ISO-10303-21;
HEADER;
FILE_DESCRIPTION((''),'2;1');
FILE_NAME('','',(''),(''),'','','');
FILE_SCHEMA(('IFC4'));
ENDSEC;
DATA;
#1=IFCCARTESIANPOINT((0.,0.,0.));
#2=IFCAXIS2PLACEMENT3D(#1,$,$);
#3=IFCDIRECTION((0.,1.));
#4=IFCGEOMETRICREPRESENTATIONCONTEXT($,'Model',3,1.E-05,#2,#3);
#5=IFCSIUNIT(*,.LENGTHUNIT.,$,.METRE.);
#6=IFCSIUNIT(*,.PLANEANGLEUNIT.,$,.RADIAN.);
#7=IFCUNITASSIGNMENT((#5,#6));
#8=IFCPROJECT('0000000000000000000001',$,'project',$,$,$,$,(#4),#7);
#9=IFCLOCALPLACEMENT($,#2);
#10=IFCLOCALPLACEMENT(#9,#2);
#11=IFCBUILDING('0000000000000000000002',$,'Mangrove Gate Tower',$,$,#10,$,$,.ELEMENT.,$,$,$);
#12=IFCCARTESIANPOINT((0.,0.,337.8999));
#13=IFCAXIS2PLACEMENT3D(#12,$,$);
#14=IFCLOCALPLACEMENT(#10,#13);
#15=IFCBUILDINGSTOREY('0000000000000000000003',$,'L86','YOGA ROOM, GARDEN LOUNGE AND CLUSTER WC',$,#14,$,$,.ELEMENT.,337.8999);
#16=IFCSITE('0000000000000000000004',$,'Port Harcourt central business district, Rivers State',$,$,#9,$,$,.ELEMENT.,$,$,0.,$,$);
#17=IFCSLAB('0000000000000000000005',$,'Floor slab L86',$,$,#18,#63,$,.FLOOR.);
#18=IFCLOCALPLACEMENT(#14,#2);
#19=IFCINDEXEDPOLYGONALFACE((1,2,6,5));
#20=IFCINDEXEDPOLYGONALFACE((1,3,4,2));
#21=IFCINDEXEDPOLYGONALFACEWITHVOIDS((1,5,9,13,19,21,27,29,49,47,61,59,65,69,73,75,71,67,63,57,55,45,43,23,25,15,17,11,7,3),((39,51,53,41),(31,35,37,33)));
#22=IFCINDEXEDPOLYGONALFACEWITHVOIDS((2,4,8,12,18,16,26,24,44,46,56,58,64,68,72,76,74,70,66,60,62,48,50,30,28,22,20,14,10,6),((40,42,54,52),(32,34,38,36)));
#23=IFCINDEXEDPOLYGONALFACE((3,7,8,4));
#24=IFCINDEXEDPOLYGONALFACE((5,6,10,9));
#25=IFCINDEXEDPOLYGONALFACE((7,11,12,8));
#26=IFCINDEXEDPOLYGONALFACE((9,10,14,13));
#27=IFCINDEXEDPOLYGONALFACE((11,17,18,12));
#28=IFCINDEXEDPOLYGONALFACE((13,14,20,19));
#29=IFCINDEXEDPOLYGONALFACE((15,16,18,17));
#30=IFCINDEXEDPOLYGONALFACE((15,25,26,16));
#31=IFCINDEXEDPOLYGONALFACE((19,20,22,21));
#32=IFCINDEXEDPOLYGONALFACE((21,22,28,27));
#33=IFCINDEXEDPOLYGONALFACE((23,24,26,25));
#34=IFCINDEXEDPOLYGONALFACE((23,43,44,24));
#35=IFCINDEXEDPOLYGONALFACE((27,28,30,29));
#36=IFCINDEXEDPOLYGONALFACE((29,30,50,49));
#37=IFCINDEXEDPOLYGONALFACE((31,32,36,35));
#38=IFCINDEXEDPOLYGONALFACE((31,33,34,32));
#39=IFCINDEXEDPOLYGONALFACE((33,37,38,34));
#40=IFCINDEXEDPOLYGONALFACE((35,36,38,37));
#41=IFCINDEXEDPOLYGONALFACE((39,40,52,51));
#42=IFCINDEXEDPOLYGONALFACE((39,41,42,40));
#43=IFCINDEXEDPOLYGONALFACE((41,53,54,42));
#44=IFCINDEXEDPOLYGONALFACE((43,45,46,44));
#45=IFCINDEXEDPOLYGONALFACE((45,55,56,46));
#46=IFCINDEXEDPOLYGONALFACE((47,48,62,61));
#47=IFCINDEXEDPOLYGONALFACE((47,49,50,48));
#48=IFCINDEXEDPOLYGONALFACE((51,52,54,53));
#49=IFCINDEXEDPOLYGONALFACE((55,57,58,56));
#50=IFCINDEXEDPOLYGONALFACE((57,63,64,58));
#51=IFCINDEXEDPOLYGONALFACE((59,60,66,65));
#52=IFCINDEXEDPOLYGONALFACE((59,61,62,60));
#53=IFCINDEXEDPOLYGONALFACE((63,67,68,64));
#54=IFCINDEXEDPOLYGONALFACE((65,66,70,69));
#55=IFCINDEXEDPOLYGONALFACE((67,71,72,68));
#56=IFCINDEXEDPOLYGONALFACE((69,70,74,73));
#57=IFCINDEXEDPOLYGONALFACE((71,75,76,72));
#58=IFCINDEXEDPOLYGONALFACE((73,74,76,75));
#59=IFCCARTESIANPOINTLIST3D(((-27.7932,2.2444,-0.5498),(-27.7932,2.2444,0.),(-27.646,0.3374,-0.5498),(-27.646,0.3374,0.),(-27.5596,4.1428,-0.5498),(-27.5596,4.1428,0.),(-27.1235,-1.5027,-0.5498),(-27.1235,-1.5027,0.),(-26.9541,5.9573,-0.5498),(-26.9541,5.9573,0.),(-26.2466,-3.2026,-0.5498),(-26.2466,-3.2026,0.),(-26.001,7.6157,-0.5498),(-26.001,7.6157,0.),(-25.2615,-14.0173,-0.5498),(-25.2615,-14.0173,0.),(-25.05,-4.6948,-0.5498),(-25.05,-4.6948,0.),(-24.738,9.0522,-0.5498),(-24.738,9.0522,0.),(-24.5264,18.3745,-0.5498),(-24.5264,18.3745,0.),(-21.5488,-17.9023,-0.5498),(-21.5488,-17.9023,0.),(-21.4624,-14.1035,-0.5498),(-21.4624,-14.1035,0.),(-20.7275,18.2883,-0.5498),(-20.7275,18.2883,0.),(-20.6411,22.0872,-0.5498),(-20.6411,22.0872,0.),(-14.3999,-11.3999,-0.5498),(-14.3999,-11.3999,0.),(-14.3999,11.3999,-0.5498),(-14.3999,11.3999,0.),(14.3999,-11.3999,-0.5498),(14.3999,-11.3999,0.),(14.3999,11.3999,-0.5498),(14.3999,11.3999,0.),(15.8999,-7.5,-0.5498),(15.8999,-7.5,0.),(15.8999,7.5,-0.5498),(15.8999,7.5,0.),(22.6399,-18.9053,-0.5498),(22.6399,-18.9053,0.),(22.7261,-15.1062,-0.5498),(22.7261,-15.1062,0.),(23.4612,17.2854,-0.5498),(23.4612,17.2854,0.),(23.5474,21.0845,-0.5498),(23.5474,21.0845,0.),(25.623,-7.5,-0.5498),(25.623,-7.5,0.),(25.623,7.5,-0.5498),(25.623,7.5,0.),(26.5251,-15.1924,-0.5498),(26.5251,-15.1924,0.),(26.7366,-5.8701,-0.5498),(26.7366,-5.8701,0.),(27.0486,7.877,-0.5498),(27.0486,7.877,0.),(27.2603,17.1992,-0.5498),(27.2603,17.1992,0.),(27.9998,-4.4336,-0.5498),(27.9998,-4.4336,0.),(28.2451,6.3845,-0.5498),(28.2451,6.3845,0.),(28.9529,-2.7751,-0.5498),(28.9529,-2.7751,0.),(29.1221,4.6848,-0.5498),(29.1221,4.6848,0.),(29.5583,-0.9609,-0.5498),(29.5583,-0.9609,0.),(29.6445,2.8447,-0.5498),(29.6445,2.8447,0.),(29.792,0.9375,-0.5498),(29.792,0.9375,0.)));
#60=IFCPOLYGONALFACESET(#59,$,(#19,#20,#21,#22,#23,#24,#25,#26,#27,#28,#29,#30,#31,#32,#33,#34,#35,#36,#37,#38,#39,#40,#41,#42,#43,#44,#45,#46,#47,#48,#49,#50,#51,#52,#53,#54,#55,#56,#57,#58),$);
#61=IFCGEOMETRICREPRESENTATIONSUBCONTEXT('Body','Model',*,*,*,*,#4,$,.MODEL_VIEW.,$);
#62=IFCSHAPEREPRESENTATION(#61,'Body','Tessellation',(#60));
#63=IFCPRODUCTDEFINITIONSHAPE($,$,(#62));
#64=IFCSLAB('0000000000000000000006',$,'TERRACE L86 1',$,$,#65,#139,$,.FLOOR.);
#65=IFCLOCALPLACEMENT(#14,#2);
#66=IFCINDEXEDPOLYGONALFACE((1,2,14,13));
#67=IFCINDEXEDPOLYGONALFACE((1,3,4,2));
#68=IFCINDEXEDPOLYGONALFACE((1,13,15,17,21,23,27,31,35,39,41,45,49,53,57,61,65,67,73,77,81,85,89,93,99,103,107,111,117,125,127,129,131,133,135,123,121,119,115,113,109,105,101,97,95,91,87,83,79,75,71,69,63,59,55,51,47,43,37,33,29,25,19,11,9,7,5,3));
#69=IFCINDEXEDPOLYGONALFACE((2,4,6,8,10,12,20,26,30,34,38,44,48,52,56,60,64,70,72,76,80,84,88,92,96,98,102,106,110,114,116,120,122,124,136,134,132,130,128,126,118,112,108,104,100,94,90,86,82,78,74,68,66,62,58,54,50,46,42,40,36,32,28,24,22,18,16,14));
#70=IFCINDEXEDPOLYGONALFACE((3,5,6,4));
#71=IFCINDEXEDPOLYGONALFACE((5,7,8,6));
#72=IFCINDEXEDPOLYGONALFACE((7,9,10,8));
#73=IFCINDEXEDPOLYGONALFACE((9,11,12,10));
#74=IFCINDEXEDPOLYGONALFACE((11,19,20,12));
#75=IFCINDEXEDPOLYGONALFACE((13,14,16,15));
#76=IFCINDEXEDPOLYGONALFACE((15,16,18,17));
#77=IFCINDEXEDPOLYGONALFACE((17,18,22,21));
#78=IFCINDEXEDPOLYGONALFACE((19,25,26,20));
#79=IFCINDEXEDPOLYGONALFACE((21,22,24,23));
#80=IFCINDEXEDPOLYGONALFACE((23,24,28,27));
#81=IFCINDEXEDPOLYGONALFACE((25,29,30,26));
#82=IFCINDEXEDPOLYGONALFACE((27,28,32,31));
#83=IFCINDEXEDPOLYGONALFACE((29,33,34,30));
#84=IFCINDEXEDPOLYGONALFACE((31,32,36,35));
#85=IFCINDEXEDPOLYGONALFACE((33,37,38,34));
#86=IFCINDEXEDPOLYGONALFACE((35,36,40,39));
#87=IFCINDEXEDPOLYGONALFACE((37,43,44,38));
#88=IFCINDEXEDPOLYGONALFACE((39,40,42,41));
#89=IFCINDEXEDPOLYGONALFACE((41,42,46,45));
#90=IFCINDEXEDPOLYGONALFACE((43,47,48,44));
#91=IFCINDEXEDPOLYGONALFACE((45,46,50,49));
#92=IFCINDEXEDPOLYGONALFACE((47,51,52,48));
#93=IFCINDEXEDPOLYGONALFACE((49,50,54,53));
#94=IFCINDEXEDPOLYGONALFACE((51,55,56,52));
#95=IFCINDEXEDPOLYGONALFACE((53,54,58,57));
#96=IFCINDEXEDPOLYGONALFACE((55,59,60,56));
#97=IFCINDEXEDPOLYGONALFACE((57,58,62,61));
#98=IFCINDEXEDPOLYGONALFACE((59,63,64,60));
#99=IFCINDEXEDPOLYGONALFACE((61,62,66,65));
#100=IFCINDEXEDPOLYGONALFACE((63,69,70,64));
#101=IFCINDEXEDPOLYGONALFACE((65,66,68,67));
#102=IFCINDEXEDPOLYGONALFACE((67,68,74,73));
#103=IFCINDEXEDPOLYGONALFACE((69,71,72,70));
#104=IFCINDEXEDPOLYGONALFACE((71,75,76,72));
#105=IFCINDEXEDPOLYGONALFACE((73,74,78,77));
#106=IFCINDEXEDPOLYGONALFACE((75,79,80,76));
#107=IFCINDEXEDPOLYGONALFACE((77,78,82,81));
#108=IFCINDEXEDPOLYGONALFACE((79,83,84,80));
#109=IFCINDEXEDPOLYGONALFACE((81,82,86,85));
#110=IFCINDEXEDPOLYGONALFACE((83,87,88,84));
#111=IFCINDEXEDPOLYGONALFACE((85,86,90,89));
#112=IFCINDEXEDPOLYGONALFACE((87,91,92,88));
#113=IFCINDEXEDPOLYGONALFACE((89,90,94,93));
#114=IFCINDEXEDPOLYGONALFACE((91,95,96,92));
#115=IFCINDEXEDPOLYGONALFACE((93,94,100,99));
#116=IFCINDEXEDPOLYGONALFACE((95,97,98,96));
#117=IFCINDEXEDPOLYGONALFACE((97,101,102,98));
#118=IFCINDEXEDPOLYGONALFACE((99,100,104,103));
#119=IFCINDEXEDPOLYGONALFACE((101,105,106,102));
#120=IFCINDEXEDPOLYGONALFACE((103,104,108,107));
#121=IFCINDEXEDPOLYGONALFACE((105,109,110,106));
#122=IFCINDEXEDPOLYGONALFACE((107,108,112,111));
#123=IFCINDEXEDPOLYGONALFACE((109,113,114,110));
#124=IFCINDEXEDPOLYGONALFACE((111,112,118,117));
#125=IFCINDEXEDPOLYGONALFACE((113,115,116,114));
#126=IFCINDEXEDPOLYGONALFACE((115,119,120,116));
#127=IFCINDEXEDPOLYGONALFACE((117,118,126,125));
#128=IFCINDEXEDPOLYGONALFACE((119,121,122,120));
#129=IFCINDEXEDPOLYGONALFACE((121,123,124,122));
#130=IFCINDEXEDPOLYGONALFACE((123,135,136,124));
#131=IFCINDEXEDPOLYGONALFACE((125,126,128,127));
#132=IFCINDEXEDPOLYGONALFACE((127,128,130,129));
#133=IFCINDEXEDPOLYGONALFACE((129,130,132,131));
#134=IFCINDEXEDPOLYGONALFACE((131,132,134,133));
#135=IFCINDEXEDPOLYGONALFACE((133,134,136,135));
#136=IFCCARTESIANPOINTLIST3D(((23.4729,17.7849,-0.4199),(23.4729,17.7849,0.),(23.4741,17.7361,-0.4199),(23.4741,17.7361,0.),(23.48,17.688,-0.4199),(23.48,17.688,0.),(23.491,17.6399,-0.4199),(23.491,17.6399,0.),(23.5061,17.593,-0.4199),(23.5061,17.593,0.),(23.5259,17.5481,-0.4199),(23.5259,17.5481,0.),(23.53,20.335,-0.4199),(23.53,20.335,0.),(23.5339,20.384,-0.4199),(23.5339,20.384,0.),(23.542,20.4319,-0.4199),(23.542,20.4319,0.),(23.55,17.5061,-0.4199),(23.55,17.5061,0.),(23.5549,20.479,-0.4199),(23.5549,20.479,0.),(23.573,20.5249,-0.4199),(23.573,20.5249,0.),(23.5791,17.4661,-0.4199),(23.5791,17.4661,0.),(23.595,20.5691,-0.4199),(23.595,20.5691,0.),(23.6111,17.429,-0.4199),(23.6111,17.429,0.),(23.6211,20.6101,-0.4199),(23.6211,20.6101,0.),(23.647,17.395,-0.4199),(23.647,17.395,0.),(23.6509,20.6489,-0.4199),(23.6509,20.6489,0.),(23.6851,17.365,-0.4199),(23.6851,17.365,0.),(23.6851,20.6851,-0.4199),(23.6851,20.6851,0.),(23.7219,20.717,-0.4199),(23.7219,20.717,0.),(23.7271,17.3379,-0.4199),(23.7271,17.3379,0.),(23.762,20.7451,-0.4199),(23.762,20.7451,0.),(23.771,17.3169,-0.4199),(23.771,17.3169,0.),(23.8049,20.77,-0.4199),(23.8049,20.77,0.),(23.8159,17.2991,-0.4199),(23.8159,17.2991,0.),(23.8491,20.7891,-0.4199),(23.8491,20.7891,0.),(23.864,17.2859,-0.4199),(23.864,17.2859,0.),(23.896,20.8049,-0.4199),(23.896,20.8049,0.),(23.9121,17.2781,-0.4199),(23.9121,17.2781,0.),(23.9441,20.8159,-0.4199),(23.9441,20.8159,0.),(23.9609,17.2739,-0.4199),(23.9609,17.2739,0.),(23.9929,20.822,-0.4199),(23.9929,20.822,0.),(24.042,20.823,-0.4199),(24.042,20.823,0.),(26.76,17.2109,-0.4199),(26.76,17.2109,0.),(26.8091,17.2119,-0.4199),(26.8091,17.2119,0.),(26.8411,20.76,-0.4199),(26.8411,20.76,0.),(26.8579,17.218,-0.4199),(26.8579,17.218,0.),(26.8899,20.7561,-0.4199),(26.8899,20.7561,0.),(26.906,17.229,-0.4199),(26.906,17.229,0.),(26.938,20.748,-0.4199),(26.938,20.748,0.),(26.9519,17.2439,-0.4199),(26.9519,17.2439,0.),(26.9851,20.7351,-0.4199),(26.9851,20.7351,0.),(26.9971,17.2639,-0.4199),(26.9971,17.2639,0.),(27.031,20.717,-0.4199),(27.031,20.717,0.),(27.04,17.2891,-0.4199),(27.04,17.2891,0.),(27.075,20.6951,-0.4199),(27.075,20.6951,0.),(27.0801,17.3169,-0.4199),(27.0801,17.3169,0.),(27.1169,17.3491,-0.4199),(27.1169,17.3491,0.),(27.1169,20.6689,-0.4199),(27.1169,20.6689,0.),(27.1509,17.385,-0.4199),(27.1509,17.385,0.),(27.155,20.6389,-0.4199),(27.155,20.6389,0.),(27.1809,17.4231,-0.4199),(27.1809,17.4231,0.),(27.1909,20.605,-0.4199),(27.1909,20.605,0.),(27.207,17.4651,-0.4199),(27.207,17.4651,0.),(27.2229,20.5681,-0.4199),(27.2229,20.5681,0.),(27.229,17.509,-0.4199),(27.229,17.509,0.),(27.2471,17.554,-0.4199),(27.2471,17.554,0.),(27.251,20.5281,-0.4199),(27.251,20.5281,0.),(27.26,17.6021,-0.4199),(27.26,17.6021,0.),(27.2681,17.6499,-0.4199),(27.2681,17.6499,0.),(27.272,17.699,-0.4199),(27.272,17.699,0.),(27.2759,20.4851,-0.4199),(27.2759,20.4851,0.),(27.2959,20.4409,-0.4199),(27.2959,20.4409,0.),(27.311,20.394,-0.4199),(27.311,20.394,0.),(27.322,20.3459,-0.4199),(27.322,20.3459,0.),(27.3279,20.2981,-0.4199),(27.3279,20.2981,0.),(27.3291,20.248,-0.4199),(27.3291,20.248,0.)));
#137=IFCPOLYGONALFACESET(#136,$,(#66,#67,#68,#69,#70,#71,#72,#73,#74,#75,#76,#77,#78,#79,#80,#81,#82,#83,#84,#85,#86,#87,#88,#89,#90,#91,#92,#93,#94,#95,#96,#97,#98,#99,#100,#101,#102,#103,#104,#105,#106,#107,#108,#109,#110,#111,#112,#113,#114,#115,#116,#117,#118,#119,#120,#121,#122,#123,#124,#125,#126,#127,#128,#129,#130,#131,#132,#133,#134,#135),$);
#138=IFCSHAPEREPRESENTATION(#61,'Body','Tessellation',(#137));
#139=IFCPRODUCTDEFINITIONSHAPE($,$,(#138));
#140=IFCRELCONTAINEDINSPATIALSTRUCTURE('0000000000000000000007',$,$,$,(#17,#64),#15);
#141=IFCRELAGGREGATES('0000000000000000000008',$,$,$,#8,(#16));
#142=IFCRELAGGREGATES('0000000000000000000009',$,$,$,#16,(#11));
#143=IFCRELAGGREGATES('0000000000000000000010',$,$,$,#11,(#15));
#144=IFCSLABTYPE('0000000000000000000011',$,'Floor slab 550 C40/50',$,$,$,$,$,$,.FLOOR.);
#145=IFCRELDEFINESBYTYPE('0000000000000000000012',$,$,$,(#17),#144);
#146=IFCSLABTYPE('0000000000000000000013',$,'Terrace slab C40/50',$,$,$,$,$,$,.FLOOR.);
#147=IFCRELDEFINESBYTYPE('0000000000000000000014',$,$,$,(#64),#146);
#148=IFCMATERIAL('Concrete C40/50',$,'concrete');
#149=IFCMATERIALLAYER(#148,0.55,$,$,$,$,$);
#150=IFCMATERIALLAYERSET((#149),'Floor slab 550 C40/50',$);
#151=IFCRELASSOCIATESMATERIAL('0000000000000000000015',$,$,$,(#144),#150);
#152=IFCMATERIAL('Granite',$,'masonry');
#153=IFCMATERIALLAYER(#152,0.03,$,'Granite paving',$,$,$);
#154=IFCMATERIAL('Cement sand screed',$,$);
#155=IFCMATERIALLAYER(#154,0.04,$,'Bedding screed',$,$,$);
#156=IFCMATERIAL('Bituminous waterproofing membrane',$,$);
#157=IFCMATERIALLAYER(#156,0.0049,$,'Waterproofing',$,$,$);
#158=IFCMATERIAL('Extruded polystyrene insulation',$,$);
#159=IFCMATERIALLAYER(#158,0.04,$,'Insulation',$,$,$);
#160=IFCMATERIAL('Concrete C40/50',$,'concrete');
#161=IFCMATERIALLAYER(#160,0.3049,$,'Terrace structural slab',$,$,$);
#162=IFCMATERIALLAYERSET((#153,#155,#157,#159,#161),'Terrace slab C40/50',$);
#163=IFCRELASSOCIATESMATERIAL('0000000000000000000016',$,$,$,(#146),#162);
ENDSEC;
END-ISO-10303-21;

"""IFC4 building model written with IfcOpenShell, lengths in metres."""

from ifc_helpers import new_model, si_unit, direction, frame, origin, place, context, subcontext, project, spatial, polyline, outline, extrude, material, layer, layer_set, type_object, element, save


model = new_model("IFC4")

# Units and contexts
model_context = context("Model", 3, precision=1e-05, world=origin(), true_north=direction((0.0, 1.0)))
body_context = subcontext(model_context, "Body", "Model", "MODEL_VIEW")
ifc_project = project(units=[si_unit("LENGTHUNIT", "METRE"), si_unit("PLANEANGLEUNIT", "RADIAN")], contexts=[model_context])

# Site, building, storey
site_placement = place(None, origin())
site = spatial("IfcSite", under=ifc_project, at=site_placement, Name="Port Harcourt central business district, Rivers State", CompositionType="ELEMENT", RefElevation=0.0)
building_placement = place(site_placement, origin())
building = spatial("IfcBuilding", under=site, at=building_placement, Name="Mangrove Gate Tower", CompositionType="ELEMENT")
storey_placement = place(building_placement, frame((0.0, 0.0, 337.8999)))
storey = spatial("IfcBuildingStorey", under=building, at=storey_placement, Name="L86", Description="YOGA ROOM, GARDEN LOUNGE AND CLUSTER WC", CompositionType="ELEMENT", Elevation=337.8999)

# Slabs
ifc_material_1 = material(Name="Concrete C40/50", Category="concrete")
ifc_layer_1 = layer(ifc_material_1, 0.55)
ifc_layer_set_1 = layer_set([ifc_layer_1], Name="Floor slab 550 C40/50")
slab_type_1 = type_object("IfcSlabType", Name="Floor slab 550 C40/50", PredefinedType="FLOOR", material=ifc_layer_set_1)
slab_1_placement = place(storey_placement, frame((0.0, 0.0, -0.5498)))
element("IfcSlab", 1, at=slab_1_placement, inside=storey, type_object=slab_type_1, Name="Floor slab L86", PredefinedType="FLOOR", context=body_context, shape_type="SweptSolid", body=[
    extrude(outline(polyline([(-21.5488, -17.9023), (22.6399, -18.9053), (22.7261, -15.1062), (26.5251, -15.1924), (26.7366, -5.8701), (27.9998, -4.4336), (28.9529, -2.7751), (29.5583, -0.9609), (29.792, 0.9375), (29.6445, 2.8447), (29.1221, 4.6848), (28.2451, 6.3845), (27.0486, 7.877), (27.2603, 17.1992), (23.4612, 17.2854), (23.5474, 21.0845), (-20.6411, 22.0872), (-20.7275, 18.2883), (-24.5264, 18.3745), (-24.738, 9.0522), (-26.001, 7.6157), (-26.9541, 5.9573), (-27.5596, 4.1428), (-27.7932, 2.2444), (-27.646, 0.3374), (-27.1235, -1.5027), (-26.2466, -3.2026), (-25.05, -4.6948), (-25.2615, -14.0173), (-21.4624, -14.1035), (-21.5488, -17.9023)]), holes=[polyline([(15.8999, 7.5), (25.623, 7.5), (25.623, -7.5), (15.8999, -7.5), (15.8999, 7.5)]), polyline([(-14.3999, -11.3999), (-14.3999, 11.3999), (14.3999, 11.3999), (14.3999, -11.3999), (-14.3999, -11.3999)])]), origin(), (0.0, 0.0, 1.0), 0.5498),
])
ifc_material_2 = material(Name="Granite", Category="masonry")
ifc_layer_2 = layer(ifc_material_2, 0.03, Name="Granite paving")
ifc_material_3 = material(Name="Cement sand screed")
ifc_layer_3 = layer(ifc_material_3, 0.04, Name="Bedding screed")
ifc_material_4 = material(Name="Bituminous waterproofing membrane")
ifc_layer_4 = layer(ifc_material_4, 0.0049, Name="Waterproofing")
ifc_material_5 = material(Name="Extruded polystyrene insulation")
ifc_layer_5 = layer(ifc_material_5, 0.04, Name="Insulation")
ifc_material_6 = material(Name="Concrete C40/50", Category="concrete")
ifc_layer_6 = layer(ifc_material_6, 0.3049, Name="Terrace structural slab")
ifc_layer_set_2 = layer_set([ifc_layer_2, ifc_layer_3, ifc_layer_4, ifc_layer_5, ifc_layer_6], Name="Terrace slab C40/50")
slab_type_2 = type_object("IfcSlabType", Name="Terrace slab C40/50", PredefinedType="FLOOR", material=ifc_layer_set_2)
slab_2_placement = place(storey_placement, frame((0.0, 0.0, -0.4199)))
element("IfcSlab", 2, at=slab_2_placement, inside=storey, type_object=slab_type_2, Name="TERRACE L86 1", PredefinedType="FLOOR", context=body_context, shape_type="SweptSolid", body=[
    extrude(outline(polyline([(27.272, 17.699), (27.3291, 20.248), (27.3279, 20.2981), (27.322, 20.3459), (27.311, 20.394), (27.2959, 20.4409), (27.2759, 20.4851), (27.251, 20.5281), (27.2229, 20.5681), (27.1909, 20.605), (27.155, 20.6389), (27.1169, 20.6689), (27.075, 20.6951), (27.031, 20.717), (26.9851, 20.7351), (26.938, 20.748), (26.8899, 20.7561), (26.8411, 20.76), (24.042, 20.823), (23.9929, 20.822), (23.9441, 20.8159), (23.896, 20.8049), (23.8491, 20.7891), (23.8049, 20.77), (23.762, 20.7451), (23.7219, 20.717), (23.6851, 20.6851), (23.6509, 20.6489), (23.6211, 20.6101), (23.595, 20.5691), (23.573, 20.5249), (23.5549, 20.479), (23.542, 20.4319), (23.5339, 20.384), (23.53, 20.335), (23.4729, 17.7849), (23.4741, 17.7361), (23.48, 17.688), (23.491, 17.6399), (23.5061, 17.593), (23.5259, 17.5481), (23.55, 17.5061), (23.5791, 17.4661), (23.6111, 17.429), (23.647, 17.395), (23.6851, 17.365), (23.7271, 17.3379), (23.771, 17.3169), (23.8159, 17.2991), (23.864, 17.2859), (23.9121, 17.2781), (23.9609, 17.2739), (26.76, 17.2109), (26.8091, 17.2119), (26.8579, 17.218), (26.906, 17.229), (26.9519, 17.2439), (26.9971, 17.2639), (27.04, 17.2891), (27.0801, 17.3169), (27.1169, 17.3491), (27.1509, 17.385), (27.1809, 17.4231), (27.207, 17.4651), (27.229, 17.509), (27.2471, 17.554), (27.26, 17.6021), (27.2681, 17.6499), (27.272, 17.699)])), origin(), (0.0, 0.0, 1.0), 0.4199),
])

save(model, "model.ifc")
